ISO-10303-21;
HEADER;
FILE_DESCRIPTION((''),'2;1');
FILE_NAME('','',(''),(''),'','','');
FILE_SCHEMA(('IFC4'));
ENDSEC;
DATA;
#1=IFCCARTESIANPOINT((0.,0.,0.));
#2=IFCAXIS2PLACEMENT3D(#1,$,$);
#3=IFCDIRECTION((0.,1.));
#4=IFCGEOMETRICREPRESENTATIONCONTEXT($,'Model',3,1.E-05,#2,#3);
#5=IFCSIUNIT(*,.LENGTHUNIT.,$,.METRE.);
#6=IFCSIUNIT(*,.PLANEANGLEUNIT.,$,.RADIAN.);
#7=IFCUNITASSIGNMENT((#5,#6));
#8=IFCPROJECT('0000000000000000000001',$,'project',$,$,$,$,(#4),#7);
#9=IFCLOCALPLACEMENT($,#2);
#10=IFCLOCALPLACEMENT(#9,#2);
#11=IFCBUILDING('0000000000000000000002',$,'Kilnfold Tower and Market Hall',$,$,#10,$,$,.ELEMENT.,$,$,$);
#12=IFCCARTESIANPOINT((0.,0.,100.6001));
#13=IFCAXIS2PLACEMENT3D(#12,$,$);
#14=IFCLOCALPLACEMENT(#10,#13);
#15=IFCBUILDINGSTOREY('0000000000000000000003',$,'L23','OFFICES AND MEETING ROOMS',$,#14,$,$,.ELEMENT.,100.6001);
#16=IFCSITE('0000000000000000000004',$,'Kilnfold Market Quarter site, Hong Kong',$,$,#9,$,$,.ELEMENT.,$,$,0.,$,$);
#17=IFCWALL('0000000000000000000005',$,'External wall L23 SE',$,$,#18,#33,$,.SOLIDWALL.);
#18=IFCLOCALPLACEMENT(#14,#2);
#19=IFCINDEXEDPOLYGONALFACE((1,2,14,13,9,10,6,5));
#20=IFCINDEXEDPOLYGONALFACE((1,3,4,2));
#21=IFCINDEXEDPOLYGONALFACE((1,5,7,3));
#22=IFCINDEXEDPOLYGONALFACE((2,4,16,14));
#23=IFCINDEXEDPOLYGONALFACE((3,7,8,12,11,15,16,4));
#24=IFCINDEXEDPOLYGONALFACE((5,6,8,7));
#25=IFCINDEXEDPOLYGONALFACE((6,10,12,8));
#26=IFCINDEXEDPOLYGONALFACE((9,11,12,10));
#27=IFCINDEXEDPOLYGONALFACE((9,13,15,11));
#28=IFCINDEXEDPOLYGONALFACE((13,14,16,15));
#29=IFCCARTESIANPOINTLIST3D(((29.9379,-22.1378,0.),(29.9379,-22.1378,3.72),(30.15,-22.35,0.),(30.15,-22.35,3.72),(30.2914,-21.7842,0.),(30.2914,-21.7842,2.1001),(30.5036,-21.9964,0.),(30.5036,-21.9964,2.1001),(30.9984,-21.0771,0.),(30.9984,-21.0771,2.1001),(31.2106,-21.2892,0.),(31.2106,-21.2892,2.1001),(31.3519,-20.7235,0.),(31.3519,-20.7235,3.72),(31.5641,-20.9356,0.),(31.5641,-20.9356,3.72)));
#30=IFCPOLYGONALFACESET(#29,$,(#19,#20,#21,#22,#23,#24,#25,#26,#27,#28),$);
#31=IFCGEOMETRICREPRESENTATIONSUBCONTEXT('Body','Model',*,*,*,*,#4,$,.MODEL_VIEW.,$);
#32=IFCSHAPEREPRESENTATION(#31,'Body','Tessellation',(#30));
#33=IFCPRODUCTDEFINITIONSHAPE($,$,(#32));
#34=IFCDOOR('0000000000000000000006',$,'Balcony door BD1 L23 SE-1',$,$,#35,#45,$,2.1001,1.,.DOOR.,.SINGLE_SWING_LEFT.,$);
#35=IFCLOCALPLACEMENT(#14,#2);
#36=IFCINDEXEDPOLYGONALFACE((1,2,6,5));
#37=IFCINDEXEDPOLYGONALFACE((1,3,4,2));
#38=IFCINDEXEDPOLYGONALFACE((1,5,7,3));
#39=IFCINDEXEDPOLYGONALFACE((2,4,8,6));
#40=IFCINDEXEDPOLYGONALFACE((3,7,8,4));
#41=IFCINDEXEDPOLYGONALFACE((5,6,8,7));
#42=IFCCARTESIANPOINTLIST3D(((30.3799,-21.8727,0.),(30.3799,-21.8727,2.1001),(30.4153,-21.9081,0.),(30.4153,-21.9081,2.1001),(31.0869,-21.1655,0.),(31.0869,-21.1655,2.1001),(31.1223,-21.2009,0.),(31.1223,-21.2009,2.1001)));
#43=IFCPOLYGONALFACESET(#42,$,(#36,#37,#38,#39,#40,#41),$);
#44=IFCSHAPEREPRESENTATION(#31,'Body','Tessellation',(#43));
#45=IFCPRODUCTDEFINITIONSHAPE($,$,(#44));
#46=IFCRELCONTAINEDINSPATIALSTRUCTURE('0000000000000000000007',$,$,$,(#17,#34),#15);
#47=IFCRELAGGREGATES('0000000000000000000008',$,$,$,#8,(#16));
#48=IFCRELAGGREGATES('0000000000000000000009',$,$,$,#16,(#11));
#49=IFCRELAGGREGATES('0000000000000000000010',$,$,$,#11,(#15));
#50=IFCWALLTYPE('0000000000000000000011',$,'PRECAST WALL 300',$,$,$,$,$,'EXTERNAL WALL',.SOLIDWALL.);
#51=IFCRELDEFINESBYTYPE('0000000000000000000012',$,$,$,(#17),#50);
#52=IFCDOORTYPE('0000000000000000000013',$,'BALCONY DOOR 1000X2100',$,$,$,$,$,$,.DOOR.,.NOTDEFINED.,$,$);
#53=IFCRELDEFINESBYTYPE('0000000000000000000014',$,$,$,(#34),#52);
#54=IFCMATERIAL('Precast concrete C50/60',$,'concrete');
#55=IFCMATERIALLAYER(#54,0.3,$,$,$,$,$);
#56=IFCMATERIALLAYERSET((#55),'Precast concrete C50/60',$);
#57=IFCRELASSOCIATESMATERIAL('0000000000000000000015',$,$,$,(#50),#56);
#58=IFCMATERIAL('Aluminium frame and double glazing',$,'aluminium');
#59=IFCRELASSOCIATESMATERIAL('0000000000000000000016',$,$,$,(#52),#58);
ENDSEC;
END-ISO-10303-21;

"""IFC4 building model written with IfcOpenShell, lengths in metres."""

from ifc_helpers import new_model, si_unit, direction, frame, frame_2d, origin, place, context, subcontext, project, spatial, rectangle, extrude, source, transform, mapped, material, layer, layer_set, type_object, element, fill, save


model = new_model("IFC4")

# Units and contexts
model_context = context("Model", 3, precision=1e-05, world=origin(), true_north=direction((0.0, 1.0)))
body_context = subcontext(model_context, "Body", "Model", "MODEL_VIEW")
ifc_project = project(units=[si_unit("LENGTHUNIT", "METRE"), si_unit("PLANEANGLEUNIT", "RADIAN")], contexts=[model_context])

# Site, building, storey
site_placement = place(None, origin())
site = spatial("IfcSite", under=ifc_project, at=site_placement, Name="Kilnfold Market Quarter site, Hong Kong", CompositionType="ELEMENT", RefElevation=0.0)
building_placement = place(site_placement, origin())
building = spatial("IfcBuilding", under=site, at=building_placement, Name="Kilnfold Tower and Market Hall", CompositionType="ELEMENT")
storey_placement = place(building_placement, frame((0.0, 0.0, 100.6001)))
storey = spatial("IfcBuildingStorey", under=building, at=storey_placement, Name="L23", Description="OFFICES AND MEETING ROOMS", CompositionType="ELEMENT", Elevation=100.6001)

# Wall, opening, door
ifc_material_1 = material(Name="Precast concrete C50/60", Category="concrete")
ifc_layer_1 = layer(ifc_material_1, 0.3)
ifc_layer_set_1 = layer_set([ifc_layer_1], Name="Precast concrete C50/60")
wall_type_1 = type_object("IfcWallType", Name="PRECAST WALL 300", ElementType="EXTERNAL WALL", PredefinedType="SOLIDWALL", material=ifc_layer_set_1)
shared_shape_1 = source(origin(), body_context, "Body", "SweptSolid", [
    extrude(rectangle(XDim=2.0, YDim=0.3, at=frame_2d((1.0, 0.0))), origin(), (0.0, 0.0, 1.0), 3.72),
])
ifc_material_2 = material(Name="Aluminium frame and double glazing", Category="aluminium")
door_type = type_object("IfcDoorType", Name="BALCONY DOOR 1000X2100", OperationType="NOTDEFINED", PredefinedType="DOOR", material=ifc_material_2)
wall_1_placement = place(storey_placement, frame((30.0439, -22.2439, 0.0), z_axis=(0.0, 0.0, 1.0), x_axis=(0.707046, 0.707168, 0.0)))
wall_1 = element("IfcWall", 1, at=wall_1_placement, inside=storey, type_object=wall_type_1, Name="External wall L23 SE", PredefinedType="SOLIDWALL", context=body_context, shape_type="MappedRepresentation", body=[
    mapped(shared_shape_1, transform((0.0, 0.0, 0.0))),
])
opening_1_placement = place(wall_1_placement, frame((0.5, 0.0, 0.0)))
opening_1 = element("IfcOpeningElement", 2, at=opening_1_placement, cuts=wall_1, PredefinedType="OPENING", context=body_context, shape_type="SweptSolid", body=[
    extrude(rectangle(XDim=1.0, YDim=2.1001, at=frame_2d((0.5, 1.05))), frame((0.0, 0.1602, 0.0), z_axis=(0.0, -1.0, 0.0), x_axis=(1.0, 0.0, 0.0)), (0.0, 0.0, 1.0), 0.3201),
])
door_1_placement = place(opening_1_placement, origin())
door_1 = element("IfcDoor", 3, at=door_1_placement, inside=storey, type_object=door_type, Name="Balcony door BD1 L23 SE-1", OperationType="SINGLE_SWING_LEFT", OverallHeight=2.1001, OverallWidth=1.0, PredefinedType="DOOR", context=body_context, shape_type="SweptSolid", body=[
    extrude(rectangle(XDim=1.0, YDim=2.1001, at=frame_2d((0.5, 1.05))), frame((0.0, 0.0249, 0.0), z_axis=(0.0, -1.0, 0.0), x_axis=(1.0, 0.0, 0.0)), (0.0, 0.0, 1.0), 0.05),
])
fill(opening_1, door_1)

save(model, "model.ifc")
